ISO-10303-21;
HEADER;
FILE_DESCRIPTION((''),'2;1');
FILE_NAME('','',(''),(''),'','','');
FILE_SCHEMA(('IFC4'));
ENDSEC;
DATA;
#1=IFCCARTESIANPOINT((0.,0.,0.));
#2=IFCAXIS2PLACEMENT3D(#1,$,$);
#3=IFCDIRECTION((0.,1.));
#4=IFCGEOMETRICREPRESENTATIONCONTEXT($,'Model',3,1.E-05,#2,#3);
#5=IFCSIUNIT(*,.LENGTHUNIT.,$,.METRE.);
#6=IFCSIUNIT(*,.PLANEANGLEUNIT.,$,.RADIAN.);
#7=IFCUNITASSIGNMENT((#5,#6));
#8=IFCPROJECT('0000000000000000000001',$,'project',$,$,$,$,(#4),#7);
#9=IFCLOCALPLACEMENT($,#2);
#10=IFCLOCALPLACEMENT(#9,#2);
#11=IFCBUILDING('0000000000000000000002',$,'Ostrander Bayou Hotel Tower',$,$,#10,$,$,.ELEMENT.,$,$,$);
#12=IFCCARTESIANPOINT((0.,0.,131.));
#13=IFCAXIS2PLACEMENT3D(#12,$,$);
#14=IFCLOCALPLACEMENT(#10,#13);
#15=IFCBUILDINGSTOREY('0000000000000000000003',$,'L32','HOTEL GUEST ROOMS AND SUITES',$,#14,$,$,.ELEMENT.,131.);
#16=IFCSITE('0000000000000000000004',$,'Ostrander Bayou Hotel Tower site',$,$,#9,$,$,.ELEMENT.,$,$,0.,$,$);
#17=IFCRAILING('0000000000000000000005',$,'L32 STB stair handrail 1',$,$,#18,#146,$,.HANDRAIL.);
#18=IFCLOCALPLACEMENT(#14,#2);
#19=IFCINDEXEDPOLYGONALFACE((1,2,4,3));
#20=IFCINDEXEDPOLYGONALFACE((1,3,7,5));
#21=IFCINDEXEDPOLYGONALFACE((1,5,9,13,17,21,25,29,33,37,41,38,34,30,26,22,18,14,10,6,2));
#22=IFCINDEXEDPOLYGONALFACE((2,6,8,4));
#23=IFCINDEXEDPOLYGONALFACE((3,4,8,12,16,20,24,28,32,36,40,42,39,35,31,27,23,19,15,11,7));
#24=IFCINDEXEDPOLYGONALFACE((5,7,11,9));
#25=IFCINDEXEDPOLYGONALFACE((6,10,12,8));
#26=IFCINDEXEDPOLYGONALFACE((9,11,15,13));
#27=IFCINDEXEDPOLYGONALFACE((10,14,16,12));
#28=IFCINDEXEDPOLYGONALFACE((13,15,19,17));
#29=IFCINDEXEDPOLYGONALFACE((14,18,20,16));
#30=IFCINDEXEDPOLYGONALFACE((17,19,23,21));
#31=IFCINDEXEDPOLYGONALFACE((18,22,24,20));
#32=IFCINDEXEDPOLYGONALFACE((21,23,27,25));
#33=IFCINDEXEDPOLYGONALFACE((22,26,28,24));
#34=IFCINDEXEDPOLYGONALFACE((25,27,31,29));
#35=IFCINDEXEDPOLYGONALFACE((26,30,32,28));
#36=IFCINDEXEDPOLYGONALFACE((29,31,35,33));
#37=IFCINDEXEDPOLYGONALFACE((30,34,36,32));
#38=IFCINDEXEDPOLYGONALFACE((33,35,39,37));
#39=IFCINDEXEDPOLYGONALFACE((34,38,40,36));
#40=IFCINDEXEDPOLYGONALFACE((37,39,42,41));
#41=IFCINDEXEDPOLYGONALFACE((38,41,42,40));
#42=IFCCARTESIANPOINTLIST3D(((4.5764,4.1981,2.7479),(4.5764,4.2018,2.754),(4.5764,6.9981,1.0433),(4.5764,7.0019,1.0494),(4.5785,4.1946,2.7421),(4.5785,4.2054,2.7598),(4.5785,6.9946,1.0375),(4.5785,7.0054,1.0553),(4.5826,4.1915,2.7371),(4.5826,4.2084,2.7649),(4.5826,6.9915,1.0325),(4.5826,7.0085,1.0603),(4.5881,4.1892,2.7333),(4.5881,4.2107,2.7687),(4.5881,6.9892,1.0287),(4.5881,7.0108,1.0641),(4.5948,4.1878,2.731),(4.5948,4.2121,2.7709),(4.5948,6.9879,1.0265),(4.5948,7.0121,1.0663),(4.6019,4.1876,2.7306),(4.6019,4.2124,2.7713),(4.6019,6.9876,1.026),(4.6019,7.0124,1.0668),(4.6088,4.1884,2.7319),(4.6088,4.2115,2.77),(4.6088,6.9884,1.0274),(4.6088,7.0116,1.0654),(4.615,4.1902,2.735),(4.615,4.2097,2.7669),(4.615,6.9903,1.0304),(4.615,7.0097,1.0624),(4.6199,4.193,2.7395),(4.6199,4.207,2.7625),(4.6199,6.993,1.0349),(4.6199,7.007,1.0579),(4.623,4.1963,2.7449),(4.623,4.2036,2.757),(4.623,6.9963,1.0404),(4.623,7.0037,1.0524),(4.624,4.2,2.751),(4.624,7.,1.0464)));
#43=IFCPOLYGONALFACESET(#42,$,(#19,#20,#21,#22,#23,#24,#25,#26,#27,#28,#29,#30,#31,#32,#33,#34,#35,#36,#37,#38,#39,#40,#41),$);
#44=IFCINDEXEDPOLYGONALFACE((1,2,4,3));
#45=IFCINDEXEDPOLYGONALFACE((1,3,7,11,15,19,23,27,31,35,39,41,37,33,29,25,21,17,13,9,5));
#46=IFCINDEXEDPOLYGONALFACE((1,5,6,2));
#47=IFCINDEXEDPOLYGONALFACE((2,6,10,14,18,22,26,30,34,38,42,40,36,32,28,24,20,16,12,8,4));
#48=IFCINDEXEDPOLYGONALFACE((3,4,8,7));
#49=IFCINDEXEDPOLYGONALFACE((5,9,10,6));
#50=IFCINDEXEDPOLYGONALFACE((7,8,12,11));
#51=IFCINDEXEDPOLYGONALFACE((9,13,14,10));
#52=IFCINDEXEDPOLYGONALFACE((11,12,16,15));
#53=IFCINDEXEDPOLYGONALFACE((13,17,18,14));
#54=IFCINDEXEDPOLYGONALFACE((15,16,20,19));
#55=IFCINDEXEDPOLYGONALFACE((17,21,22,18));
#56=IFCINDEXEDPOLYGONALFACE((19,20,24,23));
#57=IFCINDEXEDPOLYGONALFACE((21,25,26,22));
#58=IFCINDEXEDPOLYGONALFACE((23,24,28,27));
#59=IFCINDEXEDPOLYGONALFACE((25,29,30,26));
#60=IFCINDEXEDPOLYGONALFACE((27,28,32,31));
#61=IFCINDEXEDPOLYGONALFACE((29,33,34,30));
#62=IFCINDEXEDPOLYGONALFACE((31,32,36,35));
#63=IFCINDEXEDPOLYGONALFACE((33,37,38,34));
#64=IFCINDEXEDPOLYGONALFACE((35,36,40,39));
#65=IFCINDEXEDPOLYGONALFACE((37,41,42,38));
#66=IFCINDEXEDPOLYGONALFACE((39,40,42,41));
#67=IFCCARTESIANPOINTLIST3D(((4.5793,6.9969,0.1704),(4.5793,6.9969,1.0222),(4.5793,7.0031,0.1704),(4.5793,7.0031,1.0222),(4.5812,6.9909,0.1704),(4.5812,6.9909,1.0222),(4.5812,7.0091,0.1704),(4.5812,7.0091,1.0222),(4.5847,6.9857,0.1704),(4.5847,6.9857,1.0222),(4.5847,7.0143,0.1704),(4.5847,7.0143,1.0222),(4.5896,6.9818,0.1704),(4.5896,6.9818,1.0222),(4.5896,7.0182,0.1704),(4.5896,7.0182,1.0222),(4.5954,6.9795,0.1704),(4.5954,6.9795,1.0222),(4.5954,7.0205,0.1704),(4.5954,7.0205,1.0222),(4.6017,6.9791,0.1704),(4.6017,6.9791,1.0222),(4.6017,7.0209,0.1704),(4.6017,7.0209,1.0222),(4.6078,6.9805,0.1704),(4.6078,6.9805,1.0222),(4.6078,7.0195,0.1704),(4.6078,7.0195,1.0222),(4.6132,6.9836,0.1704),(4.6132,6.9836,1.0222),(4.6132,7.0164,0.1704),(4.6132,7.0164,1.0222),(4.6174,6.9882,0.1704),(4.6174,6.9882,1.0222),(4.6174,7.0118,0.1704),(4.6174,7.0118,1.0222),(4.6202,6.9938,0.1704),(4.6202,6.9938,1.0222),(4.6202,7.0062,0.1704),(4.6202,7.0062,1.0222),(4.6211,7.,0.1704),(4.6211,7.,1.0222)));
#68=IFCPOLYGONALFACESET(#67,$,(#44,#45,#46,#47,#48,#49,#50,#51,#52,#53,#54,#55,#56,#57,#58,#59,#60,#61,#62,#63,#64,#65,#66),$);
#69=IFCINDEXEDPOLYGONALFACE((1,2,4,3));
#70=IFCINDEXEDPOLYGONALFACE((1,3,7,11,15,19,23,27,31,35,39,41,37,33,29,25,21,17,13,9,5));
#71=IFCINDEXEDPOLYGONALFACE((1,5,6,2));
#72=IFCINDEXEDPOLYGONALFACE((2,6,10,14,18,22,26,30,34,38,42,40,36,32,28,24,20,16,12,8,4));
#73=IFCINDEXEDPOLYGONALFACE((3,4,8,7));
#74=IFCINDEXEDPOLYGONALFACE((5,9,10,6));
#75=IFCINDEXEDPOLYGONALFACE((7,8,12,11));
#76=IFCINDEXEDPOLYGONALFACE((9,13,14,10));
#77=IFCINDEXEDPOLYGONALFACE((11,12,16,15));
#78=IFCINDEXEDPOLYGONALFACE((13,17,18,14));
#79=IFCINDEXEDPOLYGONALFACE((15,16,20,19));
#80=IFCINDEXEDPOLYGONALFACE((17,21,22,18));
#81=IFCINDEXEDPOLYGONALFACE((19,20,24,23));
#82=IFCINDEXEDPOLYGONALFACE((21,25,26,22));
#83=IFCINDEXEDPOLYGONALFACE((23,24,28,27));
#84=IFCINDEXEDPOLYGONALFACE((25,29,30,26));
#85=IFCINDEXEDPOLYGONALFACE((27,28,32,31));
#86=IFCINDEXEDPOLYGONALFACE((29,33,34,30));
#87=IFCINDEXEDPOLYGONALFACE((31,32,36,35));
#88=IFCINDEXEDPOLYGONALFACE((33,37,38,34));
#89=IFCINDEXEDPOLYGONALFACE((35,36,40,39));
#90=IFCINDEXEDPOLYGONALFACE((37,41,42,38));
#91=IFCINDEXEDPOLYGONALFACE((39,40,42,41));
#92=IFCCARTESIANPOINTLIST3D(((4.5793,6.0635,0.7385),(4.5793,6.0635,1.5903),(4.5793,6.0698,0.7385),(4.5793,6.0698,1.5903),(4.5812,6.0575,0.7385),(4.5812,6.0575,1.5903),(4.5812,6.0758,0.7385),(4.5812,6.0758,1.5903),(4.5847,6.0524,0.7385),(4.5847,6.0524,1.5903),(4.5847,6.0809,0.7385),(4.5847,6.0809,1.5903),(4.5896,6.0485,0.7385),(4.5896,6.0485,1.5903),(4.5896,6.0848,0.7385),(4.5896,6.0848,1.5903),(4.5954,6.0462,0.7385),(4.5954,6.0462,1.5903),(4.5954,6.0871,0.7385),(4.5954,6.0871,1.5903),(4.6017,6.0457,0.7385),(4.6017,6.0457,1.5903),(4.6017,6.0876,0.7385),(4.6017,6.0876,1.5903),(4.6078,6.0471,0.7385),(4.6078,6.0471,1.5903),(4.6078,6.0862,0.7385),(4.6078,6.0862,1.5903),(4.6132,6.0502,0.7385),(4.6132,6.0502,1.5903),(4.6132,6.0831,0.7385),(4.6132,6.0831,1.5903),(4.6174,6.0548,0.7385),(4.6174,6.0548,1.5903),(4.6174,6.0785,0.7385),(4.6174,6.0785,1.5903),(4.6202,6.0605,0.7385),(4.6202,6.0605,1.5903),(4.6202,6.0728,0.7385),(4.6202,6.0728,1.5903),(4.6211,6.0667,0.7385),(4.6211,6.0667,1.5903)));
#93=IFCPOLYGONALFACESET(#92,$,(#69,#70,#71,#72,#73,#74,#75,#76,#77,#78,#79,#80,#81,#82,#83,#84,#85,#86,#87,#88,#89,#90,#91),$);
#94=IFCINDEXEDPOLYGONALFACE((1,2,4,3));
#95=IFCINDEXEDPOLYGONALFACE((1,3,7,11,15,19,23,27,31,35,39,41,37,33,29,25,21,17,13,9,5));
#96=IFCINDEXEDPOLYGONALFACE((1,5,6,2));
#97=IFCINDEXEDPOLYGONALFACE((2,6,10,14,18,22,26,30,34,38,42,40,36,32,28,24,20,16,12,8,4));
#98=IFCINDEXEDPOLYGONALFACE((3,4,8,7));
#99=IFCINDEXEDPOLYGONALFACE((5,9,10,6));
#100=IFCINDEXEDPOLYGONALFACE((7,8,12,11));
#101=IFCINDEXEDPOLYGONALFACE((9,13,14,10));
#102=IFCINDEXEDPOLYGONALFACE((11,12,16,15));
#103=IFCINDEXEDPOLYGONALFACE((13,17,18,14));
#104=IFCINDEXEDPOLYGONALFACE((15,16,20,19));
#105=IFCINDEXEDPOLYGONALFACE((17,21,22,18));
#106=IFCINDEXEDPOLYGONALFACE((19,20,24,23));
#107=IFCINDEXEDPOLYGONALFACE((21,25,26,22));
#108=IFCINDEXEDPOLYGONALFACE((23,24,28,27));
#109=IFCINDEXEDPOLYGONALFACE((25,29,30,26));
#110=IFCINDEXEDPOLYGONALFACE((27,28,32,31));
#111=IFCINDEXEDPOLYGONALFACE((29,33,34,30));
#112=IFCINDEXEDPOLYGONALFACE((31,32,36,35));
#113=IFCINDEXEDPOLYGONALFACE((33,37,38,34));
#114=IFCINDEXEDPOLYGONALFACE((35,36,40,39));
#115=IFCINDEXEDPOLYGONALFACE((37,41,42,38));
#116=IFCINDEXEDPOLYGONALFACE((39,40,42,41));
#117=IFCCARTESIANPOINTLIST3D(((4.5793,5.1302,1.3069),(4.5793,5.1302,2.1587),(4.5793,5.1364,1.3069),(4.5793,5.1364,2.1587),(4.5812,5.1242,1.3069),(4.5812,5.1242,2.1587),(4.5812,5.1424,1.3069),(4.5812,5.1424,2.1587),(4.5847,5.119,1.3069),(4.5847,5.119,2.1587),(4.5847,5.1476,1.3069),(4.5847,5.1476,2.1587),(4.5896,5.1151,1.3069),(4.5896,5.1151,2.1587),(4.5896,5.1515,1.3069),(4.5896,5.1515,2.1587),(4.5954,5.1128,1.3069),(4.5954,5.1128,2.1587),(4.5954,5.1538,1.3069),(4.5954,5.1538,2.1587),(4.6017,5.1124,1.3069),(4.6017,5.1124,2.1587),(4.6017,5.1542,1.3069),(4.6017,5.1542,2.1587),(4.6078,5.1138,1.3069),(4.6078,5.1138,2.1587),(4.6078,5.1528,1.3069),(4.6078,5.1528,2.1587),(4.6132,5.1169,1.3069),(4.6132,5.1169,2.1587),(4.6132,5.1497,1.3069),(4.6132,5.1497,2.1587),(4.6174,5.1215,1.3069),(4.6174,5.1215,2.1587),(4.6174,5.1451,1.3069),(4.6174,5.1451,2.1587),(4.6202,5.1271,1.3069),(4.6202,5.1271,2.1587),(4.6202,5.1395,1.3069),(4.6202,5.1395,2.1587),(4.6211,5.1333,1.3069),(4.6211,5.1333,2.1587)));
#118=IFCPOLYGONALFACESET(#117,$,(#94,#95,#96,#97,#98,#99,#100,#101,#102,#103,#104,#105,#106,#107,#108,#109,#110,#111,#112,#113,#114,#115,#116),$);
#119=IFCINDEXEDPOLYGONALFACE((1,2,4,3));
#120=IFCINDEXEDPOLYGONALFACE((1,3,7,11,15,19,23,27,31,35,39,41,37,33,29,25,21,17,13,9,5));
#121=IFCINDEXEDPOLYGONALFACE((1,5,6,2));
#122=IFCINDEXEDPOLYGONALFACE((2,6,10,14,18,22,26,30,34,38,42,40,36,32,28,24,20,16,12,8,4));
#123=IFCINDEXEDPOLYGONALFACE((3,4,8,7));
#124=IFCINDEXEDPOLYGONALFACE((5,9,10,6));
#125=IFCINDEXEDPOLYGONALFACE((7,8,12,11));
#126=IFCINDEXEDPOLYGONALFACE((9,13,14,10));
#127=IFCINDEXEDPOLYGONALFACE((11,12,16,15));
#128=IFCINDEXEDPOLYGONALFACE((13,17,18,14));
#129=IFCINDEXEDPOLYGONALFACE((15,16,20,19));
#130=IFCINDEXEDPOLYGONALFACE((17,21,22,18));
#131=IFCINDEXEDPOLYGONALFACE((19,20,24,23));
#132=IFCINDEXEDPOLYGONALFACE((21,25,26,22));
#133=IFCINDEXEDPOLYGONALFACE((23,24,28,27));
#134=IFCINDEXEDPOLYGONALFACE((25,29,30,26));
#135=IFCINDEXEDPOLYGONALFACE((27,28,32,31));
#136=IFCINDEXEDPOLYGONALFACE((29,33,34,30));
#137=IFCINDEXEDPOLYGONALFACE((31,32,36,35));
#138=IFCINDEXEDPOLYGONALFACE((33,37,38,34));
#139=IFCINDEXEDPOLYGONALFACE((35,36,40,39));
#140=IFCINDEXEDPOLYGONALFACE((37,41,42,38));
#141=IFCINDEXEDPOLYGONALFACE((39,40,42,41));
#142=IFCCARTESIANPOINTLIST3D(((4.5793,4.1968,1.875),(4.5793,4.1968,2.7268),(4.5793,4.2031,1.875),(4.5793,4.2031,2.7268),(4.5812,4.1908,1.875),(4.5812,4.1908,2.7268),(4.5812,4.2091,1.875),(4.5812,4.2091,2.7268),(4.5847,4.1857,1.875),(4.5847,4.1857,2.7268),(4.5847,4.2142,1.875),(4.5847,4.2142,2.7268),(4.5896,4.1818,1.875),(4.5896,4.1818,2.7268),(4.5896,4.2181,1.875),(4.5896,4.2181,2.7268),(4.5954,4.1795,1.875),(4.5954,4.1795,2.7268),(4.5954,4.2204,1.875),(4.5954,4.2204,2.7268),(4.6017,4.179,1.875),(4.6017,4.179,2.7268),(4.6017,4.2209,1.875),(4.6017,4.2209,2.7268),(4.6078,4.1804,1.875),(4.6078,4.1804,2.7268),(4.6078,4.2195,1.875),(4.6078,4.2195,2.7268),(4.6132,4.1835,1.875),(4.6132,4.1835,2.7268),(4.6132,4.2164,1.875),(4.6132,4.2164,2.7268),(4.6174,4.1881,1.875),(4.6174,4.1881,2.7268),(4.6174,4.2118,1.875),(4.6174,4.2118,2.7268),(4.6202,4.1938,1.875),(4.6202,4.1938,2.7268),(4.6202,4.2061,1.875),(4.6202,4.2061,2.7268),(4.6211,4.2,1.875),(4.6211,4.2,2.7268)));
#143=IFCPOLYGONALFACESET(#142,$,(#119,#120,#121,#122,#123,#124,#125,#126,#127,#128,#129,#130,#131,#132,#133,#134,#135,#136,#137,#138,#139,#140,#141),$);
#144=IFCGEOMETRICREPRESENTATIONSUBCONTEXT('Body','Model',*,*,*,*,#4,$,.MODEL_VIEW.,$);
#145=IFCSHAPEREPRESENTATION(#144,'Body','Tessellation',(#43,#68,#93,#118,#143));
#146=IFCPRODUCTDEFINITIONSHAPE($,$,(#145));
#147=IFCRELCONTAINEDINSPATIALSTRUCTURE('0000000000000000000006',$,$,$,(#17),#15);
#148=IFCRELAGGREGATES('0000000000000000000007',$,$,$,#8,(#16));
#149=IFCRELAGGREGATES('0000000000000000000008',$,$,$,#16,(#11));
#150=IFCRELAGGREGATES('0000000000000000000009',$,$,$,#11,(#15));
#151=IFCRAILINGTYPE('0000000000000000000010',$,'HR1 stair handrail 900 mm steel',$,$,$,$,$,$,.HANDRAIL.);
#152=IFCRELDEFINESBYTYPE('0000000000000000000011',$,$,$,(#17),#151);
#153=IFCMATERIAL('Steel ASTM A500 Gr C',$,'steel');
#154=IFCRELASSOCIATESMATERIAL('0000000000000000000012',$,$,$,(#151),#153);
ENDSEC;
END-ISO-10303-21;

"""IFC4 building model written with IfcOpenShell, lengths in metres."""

from ifc_helpers import new_model, si_unit, direction, frame, origin, origin_2d, place, context, subcontext, project, spatial, circle, extrude, material, type_object, element, save


model = new_model("IFC4")

# Units and contexts
model_context = context("Model", 3, precision=1e-05, world=origin(), true_north=direction((0.0, 1.0)))
body_context = subcontext(model_context, "Body", "Model", "MODEL_VIEW")
ifc_project = project(units=[si_unit("LENGTHUNIT", "METRE"), si_unit("PLANEANGLEUNIT", "RADIAN")], contexts=[model_context])

# Site, building, storey
site_placement = place(None, origin())
site = spatial("IfcSite", under=ifc_project, at=site_placement, Name="Ostrander Bayou Hotel Tower site", CompositionType="ELEMENT", RefElevation=0.0)
building_placement = place(site_placement, origin())
building = spatial("IfcBuilding", under=site, at=building_placement, Name="Ostrander Bayou Hotel Tower", CompositionType="ELEMENT")
storey_placement = place(building_placement, frame((0.0, 0.0, 131.0)))
storey = spatial("IfcBuildingStorey", under=building, at=storey_placement, Name="L32", Description="HOTEL GUEST ROOMS AND SUITES", CompositionType="ELEMENT", Elevation=131.0)

# Railing
ifc_material_1 = material(Name="Steel ASTM A500 Gr C", Category="steel")
railing_type_1 = type_object("IfcRailingType", Name="HR1 stair handrail 900 mm steel", PredefinedType="HANDRAIL", material=ifc_material_1)
railing_1_placement = place(storey_placement, frame((4.6001, 7.0, 0.1704)))
element("IfcRailing", 1, at=railing_1_placement, inside=storey, type_object=railing_type_1, Name="L32 STB stair handrail 1", PredefinedType="HANDRAIL", context=body_context, shape_type="SweptSolid", body=[
    extrude(circle(Radius=0.0239, at=origin_2d()), frame((0.0, 0.0, 0.876), z_axis=(0.0, -0.85417, 0.519994), x_axis=(1.0, 0.0, 0.0)), (0.0, 0.0, 1.0), 3.2781),
    extrude(circle(Radius=0.021, at=origin_2d()), origin(), (0.0, 0.0, 1.0), 0.8518),
    extrude(circle(Radius=0.021, at=origin_2d()), frame((0.0, -0.9333, 0.5681)), (0.0, 0.0, 1.0), 0.8518),
    extrude(circle(Radius=0.021, at=origin_2d()), frame((0.0, -1.8667, 1.1365)), (0.0, 0.0, 1.0), 0.8518),
    extrude(circle(Radius=0.021, at=origin_2d()), frame((0.0, -2.8, 1.7046)), (0.0, 0.0, 1.0), 0.8518),
])

save(model, "model.ifc")
